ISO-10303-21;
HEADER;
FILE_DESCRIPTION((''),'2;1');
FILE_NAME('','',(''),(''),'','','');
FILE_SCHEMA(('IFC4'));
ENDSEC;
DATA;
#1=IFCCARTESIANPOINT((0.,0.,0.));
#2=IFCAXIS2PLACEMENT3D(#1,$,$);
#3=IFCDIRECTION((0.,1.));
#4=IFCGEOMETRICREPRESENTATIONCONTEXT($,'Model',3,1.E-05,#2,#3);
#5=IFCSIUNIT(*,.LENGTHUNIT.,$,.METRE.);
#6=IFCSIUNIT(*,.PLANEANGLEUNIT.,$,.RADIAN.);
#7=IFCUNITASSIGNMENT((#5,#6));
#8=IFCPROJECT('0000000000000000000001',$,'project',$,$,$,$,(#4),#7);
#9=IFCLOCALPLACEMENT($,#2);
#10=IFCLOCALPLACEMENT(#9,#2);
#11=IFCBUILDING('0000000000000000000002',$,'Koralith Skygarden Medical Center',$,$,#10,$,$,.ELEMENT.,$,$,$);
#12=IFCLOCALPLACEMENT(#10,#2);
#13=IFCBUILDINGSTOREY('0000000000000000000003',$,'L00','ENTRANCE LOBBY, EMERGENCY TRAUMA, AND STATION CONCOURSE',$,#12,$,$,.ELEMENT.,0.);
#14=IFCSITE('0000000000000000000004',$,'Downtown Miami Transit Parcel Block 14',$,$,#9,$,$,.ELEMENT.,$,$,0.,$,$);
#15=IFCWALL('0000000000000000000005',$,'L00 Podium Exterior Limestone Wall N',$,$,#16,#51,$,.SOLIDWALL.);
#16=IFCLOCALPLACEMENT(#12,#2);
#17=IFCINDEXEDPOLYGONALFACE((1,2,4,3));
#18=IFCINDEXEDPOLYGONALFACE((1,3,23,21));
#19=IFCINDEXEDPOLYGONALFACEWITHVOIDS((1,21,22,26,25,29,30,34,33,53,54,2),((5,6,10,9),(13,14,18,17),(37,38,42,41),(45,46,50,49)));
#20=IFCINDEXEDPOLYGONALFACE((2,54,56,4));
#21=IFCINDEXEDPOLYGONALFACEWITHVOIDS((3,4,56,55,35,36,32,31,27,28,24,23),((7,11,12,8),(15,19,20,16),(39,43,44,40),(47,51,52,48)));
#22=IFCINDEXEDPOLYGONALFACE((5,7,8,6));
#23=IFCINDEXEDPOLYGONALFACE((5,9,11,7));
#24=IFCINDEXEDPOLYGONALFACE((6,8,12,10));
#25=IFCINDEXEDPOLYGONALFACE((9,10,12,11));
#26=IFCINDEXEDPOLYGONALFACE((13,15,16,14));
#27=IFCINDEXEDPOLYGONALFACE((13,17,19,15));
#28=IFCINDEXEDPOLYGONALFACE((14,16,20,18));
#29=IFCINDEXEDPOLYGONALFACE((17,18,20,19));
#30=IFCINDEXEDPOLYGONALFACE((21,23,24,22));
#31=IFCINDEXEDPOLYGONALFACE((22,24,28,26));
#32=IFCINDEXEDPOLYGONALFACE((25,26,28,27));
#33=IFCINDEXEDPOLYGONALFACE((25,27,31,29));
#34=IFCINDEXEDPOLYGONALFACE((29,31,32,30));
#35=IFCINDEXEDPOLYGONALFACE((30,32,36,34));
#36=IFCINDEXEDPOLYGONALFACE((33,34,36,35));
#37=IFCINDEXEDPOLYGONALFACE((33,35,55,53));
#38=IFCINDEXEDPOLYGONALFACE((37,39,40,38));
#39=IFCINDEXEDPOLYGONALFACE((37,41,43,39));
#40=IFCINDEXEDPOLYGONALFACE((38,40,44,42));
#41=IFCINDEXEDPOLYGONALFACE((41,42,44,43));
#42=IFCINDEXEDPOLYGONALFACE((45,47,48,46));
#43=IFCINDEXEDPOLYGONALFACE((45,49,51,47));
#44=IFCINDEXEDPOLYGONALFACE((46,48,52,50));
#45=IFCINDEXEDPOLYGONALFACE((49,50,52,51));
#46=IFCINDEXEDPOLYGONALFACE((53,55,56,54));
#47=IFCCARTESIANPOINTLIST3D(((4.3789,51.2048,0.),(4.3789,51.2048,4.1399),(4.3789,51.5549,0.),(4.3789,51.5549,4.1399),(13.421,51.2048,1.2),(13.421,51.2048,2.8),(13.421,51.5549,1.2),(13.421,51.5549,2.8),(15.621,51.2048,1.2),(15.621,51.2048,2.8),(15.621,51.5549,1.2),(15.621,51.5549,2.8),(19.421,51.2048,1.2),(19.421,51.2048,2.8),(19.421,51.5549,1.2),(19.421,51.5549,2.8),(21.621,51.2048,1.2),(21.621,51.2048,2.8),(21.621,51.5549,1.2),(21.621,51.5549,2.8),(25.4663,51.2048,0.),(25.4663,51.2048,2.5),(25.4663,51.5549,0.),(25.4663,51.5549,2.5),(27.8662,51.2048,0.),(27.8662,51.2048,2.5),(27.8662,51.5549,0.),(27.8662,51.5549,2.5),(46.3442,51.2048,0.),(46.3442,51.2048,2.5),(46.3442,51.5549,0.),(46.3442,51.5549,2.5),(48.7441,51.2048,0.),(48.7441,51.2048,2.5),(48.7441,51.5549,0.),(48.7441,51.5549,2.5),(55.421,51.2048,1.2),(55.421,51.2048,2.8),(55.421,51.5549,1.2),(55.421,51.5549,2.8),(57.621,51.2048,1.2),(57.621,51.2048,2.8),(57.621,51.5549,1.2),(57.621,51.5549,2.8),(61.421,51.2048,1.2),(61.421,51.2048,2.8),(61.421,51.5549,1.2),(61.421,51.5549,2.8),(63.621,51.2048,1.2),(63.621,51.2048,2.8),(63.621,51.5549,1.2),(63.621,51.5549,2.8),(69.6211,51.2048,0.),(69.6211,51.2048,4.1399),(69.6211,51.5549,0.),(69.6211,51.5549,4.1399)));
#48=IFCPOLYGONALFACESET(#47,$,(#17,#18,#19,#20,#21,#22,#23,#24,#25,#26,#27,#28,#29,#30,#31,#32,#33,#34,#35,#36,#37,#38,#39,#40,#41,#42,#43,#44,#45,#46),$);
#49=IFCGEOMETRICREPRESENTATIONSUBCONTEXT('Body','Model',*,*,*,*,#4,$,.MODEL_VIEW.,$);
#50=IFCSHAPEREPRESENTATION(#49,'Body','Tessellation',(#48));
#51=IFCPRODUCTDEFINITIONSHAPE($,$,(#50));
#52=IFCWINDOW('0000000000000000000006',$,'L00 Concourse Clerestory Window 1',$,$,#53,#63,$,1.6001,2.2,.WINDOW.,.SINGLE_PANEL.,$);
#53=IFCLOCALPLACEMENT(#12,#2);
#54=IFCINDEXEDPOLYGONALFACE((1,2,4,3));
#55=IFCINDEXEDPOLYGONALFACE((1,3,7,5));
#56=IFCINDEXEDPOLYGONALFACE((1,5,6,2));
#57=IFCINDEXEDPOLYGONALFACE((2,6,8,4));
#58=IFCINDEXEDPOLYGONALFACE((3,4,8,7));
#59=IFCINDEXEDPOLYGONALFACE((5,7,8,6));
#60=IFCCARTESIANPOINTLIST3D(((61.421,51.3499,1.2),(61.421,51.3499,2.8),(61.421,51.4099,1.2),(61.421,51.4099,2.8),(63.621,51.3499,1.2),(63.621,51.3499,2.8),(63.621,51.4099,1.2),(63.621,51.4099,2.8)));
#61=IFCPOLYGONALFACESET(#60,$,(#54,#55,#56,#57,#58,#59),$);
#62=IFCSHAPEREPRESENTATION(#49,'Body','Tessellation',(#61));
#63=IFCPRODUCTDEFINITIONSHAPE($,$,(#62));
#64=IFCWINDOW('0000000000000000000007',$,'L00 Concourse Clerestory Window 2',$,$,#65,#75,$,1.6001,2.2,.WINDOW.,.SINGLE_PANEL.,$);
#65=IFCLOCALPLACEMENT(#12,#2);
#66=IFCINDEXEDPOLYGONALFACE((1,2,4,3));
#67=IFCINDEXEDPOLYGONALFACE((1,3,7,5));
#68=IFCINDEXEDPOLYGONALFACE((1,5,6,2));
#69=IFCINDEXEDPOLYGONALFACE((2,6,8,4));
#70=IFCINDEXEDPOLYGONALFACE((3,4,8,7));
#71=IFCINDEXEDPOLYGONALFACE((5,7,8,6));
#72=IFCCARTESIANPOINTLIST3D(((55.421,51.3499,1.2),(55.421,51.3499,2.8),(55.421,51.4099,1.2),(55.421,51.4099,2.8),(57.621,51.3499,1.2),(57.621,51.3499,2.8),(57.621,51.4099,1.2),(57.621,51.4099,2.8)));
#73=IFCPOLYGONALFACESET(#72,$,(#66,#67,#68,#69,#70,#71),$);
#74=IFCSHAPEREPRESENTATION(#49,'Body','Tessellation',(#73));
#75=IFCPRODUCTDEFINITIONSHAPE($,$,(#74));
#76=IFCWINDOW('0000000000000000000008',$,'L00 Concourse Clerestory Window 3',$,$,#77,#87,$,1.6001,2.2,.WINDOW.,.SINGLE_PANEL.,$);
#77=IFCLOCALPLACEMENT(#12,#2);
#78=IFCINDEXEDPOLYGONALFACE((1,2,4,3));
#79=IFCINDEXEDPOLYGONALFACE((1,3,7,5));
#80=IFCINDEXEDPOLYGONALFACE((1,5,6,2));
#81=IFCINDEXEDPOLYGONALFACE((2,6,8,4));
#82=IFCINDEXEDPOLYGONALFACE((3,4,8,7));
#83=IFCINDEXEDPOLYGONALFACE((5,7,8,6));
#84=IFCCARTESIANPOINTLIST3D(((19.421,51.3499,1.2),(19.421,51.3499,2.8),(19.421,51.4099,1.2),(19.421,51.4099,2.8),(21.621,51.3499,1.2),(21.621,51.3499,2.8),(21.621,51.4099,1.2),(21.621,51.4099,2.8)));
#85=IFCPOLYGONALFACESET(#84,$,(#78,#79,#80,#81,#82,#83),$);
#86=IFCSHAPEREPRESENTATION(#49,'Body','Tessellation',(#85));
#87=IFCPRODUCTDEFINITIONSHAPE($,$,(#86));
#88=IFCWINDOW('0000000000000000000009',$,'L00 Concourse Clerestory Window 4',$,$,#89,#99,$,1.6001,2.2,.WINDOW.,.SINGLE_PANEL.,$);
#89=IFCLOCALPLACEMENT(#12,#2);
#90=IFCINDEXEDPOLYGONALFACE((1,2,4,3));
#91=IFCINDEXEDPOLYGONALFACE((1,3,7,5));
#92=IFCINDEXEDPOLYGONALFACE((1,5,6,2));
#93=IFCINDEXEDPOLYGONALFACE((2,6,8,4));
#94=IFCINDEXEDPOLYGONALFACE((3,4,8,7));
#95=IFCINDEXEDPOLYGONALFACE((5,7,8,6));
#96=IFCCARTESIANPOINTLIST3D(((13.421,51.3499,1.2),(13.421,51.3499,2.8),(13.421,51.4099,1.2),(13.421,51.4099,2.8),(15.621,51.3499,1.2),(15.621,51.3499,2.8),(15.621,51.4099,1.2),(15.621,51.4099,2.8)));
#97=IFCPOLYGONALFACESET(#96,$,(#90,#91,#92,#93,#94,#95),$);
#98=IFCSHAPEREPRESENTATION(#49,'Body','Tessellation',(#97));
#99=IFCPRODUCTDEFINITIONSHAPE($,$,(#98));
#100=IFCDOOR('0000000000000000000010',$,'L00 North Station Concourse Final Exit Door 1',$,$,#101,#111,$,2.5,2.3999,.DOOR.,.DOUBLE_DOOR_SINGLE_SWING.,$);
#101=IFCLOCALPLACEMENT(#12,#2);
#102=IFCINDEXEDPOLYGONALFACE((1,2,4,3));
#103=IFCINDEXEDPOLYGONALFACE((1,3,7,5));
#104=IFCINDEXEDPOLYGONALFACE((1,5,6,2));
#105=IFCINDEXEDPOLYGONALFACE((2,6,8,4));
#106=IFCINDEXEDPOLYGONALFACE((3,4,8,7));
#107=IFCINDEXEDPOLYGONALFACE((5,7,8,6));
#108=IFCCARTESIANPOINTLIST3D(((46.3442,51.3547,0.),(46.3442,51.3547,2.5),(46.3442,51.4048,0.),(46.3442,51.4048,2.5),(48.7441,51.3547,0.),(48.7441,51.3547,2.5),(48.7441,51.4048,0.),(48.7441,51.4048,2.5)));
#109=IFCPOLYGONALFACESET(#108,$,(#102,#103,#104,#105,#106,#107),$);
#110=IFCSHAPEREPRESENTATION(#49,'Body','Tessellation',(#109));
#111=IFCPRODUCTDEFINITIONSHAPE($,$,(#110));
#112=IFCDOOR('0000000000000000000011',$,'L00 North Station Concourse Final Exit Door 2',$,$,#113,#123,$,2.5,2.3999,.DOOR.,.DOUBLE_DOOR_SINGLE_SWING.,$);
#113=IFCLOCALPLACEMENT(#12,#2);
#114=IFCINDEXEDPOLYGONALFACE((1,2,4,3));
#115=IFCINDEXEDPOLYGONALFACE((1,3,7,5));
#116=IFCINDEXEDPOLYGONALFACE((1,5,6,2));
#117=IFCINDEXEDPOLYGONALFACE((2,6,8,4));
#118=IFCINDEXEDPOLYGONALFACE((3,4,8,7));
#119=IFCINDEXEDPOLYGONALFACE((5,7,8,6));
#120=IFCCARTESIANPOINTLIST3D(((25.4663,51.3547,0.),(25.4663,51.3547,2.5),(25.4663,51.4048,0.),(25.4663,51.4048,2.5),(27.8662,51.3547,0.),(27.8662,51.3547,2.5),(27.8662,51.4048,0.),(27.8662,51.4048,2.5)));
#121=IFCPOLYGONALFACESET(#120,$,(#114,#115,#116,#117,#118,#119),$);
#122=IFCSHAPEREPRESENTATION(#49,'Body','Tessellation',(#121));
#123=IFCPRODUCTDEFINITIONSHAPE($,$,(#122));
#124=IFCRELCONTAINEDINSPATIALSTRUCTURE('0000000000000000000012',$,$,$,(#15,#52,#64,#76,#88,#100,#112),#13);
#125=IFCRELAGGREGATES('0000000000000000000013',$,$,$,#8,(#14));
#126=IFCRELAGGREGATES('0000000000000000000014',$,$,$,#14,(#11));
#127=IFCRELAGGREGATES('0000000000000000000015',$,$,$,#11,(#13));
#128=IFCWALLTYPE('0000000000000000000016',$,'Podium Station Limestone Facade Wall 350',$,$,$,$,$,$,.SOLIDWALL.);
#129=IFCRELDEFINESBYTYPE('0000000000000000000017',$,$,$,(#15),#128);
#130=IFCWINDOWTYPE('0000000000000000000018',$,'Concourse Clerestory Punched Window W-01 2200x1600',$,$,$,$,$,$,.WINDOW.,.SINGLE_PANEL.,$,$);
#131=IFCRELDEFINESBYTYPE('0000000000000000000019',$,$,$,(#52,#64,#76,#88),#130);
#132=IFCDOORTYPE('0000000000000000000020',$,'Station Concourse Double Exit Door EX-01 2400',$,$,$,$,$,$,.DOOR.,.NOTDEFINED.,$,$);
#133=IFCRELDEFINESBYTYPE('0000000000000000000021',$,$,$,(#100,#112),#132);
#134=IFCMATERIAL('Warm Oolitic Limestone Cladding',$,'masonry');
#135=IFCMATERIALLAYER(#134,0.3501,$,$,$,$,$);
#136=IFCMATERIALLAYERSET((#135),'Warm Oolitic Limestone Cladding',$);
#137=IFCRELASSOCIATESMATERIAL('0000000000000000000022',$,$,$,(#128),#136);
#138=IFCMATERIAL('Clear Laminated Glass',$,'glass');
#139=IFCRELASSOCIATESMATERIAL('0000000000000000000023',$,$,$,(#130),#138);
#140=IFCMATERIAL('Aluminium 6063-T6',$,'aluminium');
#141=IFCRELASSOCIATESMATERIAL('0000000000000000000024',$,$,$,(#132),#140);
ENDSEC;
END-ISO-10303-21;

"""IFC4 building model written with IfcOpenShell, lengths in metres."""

from ifc_helpers import new_model, si_unit, direction, frame, frame_2d, origin, place, context, subcontext, project, spatial, rectangle, extrude, material, layer, layer_set, type_object, element, fill, save


model = new_model("IFC4")

# Units and contexts
model_context = context("Model", 3, precision=1e-05, world=origin(), true_north=direction((0.0, 1.0)))
body_context = subcontext(model_context, "Body", "Model", "MODEL_VIEW")
ifc_project = project(units=[si_unit("LENGTHUNIT", "METRE"), si_unit("PLANEANGLEUNIT", "RADIAN")], contexts=[model_context])

# Site, building, storey
site_placement = place(None, origin())
site = spatial("IfcSite", under=ifc_project, at=site_placement, Name="Downtown Miami Transit Parcel Block 14", CompositionType="ELEMENT", RefElevation=0.0)
building_placement = place(site_placement, origin())
building = spatial("IfcBuilding", under=site, at=building_placement, Name="Koralith Skygarden Medical Center", CompositionType="ELEMENT")
storey_placement = place(building_placement, origin())
storey = spatial("IfcBuildingStorey", under=building, at=storey_placement, Name="L00", Description="ENTRANCE LOBBY, EMERGENCY TRAUMA, AND STATION CONCOURSE", CompositionType="ELEMENT", Elevation=0.0)

# Shared definitions
ifc_material_1 = material(Name="Warm Oolitic Limestone Cladding", Category="masonry")

# Shared definitions
ifc_layer_1 = layer(ifc_material_1, 0.3501)
ifc_layer_set_1 = layer_set([ifc_layer_1], Name="Warm Oolitic Limestone Cladding")
wall_type_1 = type_object("IfcWallType", Name="Podium Station Limestone Facade Wall 350", PredefinedType="SOLIDWALL", material=ifc_layer_set_1)
ifc_material_2 = material(Name="Clear Laminated Glass", Category="glass")

# Wall, openings, windows, doors
wall_1_placement = place(storey_placement, frame((69.6211, 51.3799, 0.0), z_axis=(0.0, 0.0, 1.0), x_axis=(-1.0, 0.0, 0.0)))
wall_1 = element("IfcWall", 1, at=wall_1_placement, inside=storey, type_object=wall_type_1, Name="L00 Podium Exterior Limestone Wall N", PredefinedType="SOLIDWALL", context=body_context, shape_type="SweptSolid", body=[
    extrude(rectangle(XDim=65.2422, YDim=0.3501, at=frame_2d((32.6211, 0.0))), origin(), (0.0, 0.0, 1.0), 4.1399),
])
opening_1_placement = place(wall_1_placement, frame((20.877, 0.0, 0.0)))
opening_1 = element("IfcOpeningElement", 2, at=opening_1_placement, cuts=wall_1, PredefinedType="OPENING", context=body_context, shape_type="SweptSolid", body=[
    extrude(rectangle(XDim=2.3999, YDim=2.5, at=frame_2d((1.2, 1.25))), frame((0.0, 0.1851, 0.0), z_axis=(0.0, -1.0, 0.0), x_axis=(1.0, 0.0, 0.0)), (0.0, 0.0, 1.0), 0.3701),
])
opening_2_placement = place(wall_1_placement, frame((41.7549, 0.0, 0.0)))
opening_2 = element("IfcOpeningElement", 3, at=opening_2_placement, cuts=wall_1, PredefinedType="OPENING", context=body_context, shape_type="SweptSolid", body=[
    extrude(rectangle(XDim=2.3999, YDim=2.5, at=frame_2d((1.2, 1.25))), frame((0.0, 0.1851, 0.0), z_axis=(0.0, -1.0, 0.0), x_axis=(1.0, 0.0, 0.0)), (0.0, 0.0, 1.0), 0.3701),
])
opening_3_placement = place(wall_1_placement, frame((6.0, 0.0, 1.2)))
opening_3 = element("IfcOpeningElement", 4, at=opening_3_placement, cuts=wall_1, PredefinedType="OPENING", context=body_context, shape_type="SweptSolid", body=[
    extrude(rectangle(XDim=2.2, YDim=1.6001, at=frame_2d((1.1001, 0.8))), frame((0.0, 0.1851, 0.0), z_axis=(0.0, -1.0, 0.0), x_axis=(1.0, 0.0, 0.0)), (0.0, 0.0, 1.0), 0.3701),
])
opening_4_placement = place(wall_1_placement, frame((12.0, 0.0, 1.2)))
opening_4 = element("IfcOpeningElement", 5, at=opening_4_placement, cuts=wall_1, PredefinedType="OPENING", context=body_context, shape_type="SweptSolid", body=[
    extrude(rectangle(XDim=2.2, YDim=1.6001, at=frame_2d((1.1001, 0.8))), frame((0.0, 0.1851, 0.0), z_axis=(0.0, -1.0, 0.0), x_axis=(1.0, 0.0, 0.0)), (0.0, 0.0, 1.0), 0.3701),
])
opening_5_placement = place(wall_1_placement, frame((48.0, 0.0, 1.2)))
opening_5 = element("IfcOpeningElement", 6, at=opening_5_placement, cuts=wall_1, PredefinedType="OPENING", context=body_context, shape_type="SweptSolid", body=[
    extrude(rectangle(XDim=2.2, YDim=1.6001, at=frame_2d((1.1001, 0.8))), frame((0.0, 0.1851, 0.0), z_axis=(0.0, -1.0, 0.0), x_axis=(1.0, 0.0, 0.0)), (0.0, 0.0, 1.0), 0.3701),
])
opening_6_placement = place(wall_1_placement, frame((54.0, 0.0, 1.2)))
opening_6 = element("IfcOpeningElement", 7, at=opening_6_placement, cuts=wall_1, PredefinedType="OPENING", context=body_context, shape_type="SweptSolid", body=[
    extrude(rectangle(XDim=2.2, YDim=1.6001, at=frame_2d((1.1001, 0.8))), frame((0.0, 0.1851, 0.0), z_axis=(0.0, -1.0, 0.0), x_axis=(1.0, 0.0, 0.0)), (0.0, 0.0, 1.0), 0.3701),
])
window_type_1 = type_object("IfcWindowType", Name="Concourse Clerestory Punched Window W-01 2200x1600", PartitioningType="SINGLE_PANEL", PredefinedType="WINDOW", material=ifc_material_2)
window_1_placement = place(opening_3_placement, origin())
window_1 = element("IfcWindow", 8, at=window_1_placement, inside=storey, type_object=window_type_1, Name="L00 Concourse Clerestory Window 1", OverallHeight=1.6001, OverallWidth=2.2, PartitioningType="SINGLE_PANEL", PredefinedType="WINDOW", context=body_context, shape_type="SweptSolid", body=[
    extrude(rectangle(XDim=2.2, YDim=1.6001, at=frame_2d((1.1001, 0.8))), frame((0.0, 0.03, 0.0), z_axis=(0.0, -1.0, 0.0), x_axis=(1.0, 0.0, 0.0)), (0.0, 0.0, 1.0), 0.0601),
])
fill(opening_3, window_1)
window_2_placement = place(opening_4_placement, origin())
window_2 = element("IfcWindow", 9, at=window_2_placement, inside=storey, type_object=window_type_1, Name="L00 Concourse Clerestory Window 2", OverallHeight=1.6001, OverallWidth=2.2, PartitioningType="SINGLE_PANEL", PredefinedType="WINDOW", context=body_context, shape_type="SweptSolid", body=[
    extrude(rectangle(XDim=2.2, YDim=1.6001, at=frame_2d((1.1001, 0.8))), frame((0.0, 0.03, 0.0), z_axis=(0.0, -1.0, 0.0), x_axis=(1.0, 0.0, 0.0)), (0.0, 0.0, 1.0), 0.0601),
])
fill(opening_4, window_2)
window_3_placement = place(opening_5_placement, origin())
window_3 = element("IfcWindow", 10, at=window_3_placement, inside=storey, type_object=window_type_1, Name="L00 Concourse Clerestory Window 3", OverallHeight=1.6001, OverallWidth=2.2, PartitioningType="SINGLE_PANEL", PredefinedType="WINDOW", context=body_context, shape_type="SweptSolid", body=[
    extrude(rectangle(XDim=2.2, YDim=1.6001, at=frame_2d((1.1001, 0.8))), frame((0.0, 0.03, 0.0), z_axis=(0.0, -1.0, 0.0), x_axis=(1.0, 0.0, 0.0)), (0.0, 0.0, 1.0), 0.0601),
])
fill(opening_5, window_3)
window_4_placement = place(opening_6_placement, origin())
window_4 = element("IfcWindow", 11, at=window_4_placement, inside=storey, type_object=window_type_1, Name="L00 Concourse Clerestory Window 4", OverallHeight=1.6001, OverallWidth=2.2, PartitioningType="SINGLE_PANEL", PredefinedType="WINDOW", context=body_context, shape_type="SweptSolid", body=[
    extrude(rectangle(XDim=2.2, YDim=1.6001, at=frame_2d((1.1001, 0.8))), frame((0.0, 0.03, 0.0), z_axis=(0.0, -1.0, 0.0), x_axis=(1.0, 0.0, 0.0)), (0.0, 0.0, 1.0), 0.0601),
])
fill(opening_6, window_4)
ifc_material_3 = material(Name="Aluminium 6063-T6", Category="aluminium")
door_type_1 = type_object("IfcDoorType", Name="Station Concourse Double Exit Door EX-01 2400", OperationType="NOTDEFINED", PredefinedType="DOOR", material=ifc_material_3)
door_1_placement = place(opening_1_placement, frame((2.3999, 0.0, 0.0), z_axis=(0.0, 0.0, 1.0), x_axis=(-1.0, 0.0, 0.0)))
door_1 = element("IfcDoor", 12, at=door_1_placement, inside=storey, type_object=door_type_1, Name="L00 North Station Concourse Final Exit Door 1", OperationType="DOUBLE_DOOR_SINGLE_SWING", OverallHeight=2.5, OverallWidth=2.3999, PredefinedType="DOOR", context=body_context, shape_type="SweptSolid", body=[
    extrude(rectangle(XDim=2.3999, YDim=2.5, at=frame_2d((1.2, 1.25))), frame((0.0, 0.0249, 0.0), z_axis=(0.0, -1.0, 0.0), x_axis=(1.0, 0.0, 0.0)), (0.0, 0.0, 1.0), 0.05),
])
fill(opening_1, door_1)
door_2_placement = place(opening_2_placement, frame((2.3999, 0.0, 0.0), z_axis=(0.0, 0.0, 1.0), x_axis=(-1.0, 0.0, 0.0)))
door_2 = element("IfcDoor", 13, at=door_2_placement, inside=storey, type_object=door_type_1, Name="L00 North Station Concourse Final Exit Door 2", OperationType="DOUBLE_DOOR_SINGLE_SWING", OverallHeight=2.5, OverallWidth=2.3999, PredefinedType="DOOR", context=body_context, shape_type="SweptSolid", body=[
    extrude(rectangle(XDim=2.3999, YDim=2.5, at=frame_2d((1.2, 1.25))), frame((0.0, 0.0249, 0.0), z_axis=(0.0, -1.0, 0.0), x_axis=(1.0, 0.0, 0.0)), (0.0, 0.0, 1.0), 0.05),
])
fill(opening_2, door_2)

save(model, "model.ifc")
